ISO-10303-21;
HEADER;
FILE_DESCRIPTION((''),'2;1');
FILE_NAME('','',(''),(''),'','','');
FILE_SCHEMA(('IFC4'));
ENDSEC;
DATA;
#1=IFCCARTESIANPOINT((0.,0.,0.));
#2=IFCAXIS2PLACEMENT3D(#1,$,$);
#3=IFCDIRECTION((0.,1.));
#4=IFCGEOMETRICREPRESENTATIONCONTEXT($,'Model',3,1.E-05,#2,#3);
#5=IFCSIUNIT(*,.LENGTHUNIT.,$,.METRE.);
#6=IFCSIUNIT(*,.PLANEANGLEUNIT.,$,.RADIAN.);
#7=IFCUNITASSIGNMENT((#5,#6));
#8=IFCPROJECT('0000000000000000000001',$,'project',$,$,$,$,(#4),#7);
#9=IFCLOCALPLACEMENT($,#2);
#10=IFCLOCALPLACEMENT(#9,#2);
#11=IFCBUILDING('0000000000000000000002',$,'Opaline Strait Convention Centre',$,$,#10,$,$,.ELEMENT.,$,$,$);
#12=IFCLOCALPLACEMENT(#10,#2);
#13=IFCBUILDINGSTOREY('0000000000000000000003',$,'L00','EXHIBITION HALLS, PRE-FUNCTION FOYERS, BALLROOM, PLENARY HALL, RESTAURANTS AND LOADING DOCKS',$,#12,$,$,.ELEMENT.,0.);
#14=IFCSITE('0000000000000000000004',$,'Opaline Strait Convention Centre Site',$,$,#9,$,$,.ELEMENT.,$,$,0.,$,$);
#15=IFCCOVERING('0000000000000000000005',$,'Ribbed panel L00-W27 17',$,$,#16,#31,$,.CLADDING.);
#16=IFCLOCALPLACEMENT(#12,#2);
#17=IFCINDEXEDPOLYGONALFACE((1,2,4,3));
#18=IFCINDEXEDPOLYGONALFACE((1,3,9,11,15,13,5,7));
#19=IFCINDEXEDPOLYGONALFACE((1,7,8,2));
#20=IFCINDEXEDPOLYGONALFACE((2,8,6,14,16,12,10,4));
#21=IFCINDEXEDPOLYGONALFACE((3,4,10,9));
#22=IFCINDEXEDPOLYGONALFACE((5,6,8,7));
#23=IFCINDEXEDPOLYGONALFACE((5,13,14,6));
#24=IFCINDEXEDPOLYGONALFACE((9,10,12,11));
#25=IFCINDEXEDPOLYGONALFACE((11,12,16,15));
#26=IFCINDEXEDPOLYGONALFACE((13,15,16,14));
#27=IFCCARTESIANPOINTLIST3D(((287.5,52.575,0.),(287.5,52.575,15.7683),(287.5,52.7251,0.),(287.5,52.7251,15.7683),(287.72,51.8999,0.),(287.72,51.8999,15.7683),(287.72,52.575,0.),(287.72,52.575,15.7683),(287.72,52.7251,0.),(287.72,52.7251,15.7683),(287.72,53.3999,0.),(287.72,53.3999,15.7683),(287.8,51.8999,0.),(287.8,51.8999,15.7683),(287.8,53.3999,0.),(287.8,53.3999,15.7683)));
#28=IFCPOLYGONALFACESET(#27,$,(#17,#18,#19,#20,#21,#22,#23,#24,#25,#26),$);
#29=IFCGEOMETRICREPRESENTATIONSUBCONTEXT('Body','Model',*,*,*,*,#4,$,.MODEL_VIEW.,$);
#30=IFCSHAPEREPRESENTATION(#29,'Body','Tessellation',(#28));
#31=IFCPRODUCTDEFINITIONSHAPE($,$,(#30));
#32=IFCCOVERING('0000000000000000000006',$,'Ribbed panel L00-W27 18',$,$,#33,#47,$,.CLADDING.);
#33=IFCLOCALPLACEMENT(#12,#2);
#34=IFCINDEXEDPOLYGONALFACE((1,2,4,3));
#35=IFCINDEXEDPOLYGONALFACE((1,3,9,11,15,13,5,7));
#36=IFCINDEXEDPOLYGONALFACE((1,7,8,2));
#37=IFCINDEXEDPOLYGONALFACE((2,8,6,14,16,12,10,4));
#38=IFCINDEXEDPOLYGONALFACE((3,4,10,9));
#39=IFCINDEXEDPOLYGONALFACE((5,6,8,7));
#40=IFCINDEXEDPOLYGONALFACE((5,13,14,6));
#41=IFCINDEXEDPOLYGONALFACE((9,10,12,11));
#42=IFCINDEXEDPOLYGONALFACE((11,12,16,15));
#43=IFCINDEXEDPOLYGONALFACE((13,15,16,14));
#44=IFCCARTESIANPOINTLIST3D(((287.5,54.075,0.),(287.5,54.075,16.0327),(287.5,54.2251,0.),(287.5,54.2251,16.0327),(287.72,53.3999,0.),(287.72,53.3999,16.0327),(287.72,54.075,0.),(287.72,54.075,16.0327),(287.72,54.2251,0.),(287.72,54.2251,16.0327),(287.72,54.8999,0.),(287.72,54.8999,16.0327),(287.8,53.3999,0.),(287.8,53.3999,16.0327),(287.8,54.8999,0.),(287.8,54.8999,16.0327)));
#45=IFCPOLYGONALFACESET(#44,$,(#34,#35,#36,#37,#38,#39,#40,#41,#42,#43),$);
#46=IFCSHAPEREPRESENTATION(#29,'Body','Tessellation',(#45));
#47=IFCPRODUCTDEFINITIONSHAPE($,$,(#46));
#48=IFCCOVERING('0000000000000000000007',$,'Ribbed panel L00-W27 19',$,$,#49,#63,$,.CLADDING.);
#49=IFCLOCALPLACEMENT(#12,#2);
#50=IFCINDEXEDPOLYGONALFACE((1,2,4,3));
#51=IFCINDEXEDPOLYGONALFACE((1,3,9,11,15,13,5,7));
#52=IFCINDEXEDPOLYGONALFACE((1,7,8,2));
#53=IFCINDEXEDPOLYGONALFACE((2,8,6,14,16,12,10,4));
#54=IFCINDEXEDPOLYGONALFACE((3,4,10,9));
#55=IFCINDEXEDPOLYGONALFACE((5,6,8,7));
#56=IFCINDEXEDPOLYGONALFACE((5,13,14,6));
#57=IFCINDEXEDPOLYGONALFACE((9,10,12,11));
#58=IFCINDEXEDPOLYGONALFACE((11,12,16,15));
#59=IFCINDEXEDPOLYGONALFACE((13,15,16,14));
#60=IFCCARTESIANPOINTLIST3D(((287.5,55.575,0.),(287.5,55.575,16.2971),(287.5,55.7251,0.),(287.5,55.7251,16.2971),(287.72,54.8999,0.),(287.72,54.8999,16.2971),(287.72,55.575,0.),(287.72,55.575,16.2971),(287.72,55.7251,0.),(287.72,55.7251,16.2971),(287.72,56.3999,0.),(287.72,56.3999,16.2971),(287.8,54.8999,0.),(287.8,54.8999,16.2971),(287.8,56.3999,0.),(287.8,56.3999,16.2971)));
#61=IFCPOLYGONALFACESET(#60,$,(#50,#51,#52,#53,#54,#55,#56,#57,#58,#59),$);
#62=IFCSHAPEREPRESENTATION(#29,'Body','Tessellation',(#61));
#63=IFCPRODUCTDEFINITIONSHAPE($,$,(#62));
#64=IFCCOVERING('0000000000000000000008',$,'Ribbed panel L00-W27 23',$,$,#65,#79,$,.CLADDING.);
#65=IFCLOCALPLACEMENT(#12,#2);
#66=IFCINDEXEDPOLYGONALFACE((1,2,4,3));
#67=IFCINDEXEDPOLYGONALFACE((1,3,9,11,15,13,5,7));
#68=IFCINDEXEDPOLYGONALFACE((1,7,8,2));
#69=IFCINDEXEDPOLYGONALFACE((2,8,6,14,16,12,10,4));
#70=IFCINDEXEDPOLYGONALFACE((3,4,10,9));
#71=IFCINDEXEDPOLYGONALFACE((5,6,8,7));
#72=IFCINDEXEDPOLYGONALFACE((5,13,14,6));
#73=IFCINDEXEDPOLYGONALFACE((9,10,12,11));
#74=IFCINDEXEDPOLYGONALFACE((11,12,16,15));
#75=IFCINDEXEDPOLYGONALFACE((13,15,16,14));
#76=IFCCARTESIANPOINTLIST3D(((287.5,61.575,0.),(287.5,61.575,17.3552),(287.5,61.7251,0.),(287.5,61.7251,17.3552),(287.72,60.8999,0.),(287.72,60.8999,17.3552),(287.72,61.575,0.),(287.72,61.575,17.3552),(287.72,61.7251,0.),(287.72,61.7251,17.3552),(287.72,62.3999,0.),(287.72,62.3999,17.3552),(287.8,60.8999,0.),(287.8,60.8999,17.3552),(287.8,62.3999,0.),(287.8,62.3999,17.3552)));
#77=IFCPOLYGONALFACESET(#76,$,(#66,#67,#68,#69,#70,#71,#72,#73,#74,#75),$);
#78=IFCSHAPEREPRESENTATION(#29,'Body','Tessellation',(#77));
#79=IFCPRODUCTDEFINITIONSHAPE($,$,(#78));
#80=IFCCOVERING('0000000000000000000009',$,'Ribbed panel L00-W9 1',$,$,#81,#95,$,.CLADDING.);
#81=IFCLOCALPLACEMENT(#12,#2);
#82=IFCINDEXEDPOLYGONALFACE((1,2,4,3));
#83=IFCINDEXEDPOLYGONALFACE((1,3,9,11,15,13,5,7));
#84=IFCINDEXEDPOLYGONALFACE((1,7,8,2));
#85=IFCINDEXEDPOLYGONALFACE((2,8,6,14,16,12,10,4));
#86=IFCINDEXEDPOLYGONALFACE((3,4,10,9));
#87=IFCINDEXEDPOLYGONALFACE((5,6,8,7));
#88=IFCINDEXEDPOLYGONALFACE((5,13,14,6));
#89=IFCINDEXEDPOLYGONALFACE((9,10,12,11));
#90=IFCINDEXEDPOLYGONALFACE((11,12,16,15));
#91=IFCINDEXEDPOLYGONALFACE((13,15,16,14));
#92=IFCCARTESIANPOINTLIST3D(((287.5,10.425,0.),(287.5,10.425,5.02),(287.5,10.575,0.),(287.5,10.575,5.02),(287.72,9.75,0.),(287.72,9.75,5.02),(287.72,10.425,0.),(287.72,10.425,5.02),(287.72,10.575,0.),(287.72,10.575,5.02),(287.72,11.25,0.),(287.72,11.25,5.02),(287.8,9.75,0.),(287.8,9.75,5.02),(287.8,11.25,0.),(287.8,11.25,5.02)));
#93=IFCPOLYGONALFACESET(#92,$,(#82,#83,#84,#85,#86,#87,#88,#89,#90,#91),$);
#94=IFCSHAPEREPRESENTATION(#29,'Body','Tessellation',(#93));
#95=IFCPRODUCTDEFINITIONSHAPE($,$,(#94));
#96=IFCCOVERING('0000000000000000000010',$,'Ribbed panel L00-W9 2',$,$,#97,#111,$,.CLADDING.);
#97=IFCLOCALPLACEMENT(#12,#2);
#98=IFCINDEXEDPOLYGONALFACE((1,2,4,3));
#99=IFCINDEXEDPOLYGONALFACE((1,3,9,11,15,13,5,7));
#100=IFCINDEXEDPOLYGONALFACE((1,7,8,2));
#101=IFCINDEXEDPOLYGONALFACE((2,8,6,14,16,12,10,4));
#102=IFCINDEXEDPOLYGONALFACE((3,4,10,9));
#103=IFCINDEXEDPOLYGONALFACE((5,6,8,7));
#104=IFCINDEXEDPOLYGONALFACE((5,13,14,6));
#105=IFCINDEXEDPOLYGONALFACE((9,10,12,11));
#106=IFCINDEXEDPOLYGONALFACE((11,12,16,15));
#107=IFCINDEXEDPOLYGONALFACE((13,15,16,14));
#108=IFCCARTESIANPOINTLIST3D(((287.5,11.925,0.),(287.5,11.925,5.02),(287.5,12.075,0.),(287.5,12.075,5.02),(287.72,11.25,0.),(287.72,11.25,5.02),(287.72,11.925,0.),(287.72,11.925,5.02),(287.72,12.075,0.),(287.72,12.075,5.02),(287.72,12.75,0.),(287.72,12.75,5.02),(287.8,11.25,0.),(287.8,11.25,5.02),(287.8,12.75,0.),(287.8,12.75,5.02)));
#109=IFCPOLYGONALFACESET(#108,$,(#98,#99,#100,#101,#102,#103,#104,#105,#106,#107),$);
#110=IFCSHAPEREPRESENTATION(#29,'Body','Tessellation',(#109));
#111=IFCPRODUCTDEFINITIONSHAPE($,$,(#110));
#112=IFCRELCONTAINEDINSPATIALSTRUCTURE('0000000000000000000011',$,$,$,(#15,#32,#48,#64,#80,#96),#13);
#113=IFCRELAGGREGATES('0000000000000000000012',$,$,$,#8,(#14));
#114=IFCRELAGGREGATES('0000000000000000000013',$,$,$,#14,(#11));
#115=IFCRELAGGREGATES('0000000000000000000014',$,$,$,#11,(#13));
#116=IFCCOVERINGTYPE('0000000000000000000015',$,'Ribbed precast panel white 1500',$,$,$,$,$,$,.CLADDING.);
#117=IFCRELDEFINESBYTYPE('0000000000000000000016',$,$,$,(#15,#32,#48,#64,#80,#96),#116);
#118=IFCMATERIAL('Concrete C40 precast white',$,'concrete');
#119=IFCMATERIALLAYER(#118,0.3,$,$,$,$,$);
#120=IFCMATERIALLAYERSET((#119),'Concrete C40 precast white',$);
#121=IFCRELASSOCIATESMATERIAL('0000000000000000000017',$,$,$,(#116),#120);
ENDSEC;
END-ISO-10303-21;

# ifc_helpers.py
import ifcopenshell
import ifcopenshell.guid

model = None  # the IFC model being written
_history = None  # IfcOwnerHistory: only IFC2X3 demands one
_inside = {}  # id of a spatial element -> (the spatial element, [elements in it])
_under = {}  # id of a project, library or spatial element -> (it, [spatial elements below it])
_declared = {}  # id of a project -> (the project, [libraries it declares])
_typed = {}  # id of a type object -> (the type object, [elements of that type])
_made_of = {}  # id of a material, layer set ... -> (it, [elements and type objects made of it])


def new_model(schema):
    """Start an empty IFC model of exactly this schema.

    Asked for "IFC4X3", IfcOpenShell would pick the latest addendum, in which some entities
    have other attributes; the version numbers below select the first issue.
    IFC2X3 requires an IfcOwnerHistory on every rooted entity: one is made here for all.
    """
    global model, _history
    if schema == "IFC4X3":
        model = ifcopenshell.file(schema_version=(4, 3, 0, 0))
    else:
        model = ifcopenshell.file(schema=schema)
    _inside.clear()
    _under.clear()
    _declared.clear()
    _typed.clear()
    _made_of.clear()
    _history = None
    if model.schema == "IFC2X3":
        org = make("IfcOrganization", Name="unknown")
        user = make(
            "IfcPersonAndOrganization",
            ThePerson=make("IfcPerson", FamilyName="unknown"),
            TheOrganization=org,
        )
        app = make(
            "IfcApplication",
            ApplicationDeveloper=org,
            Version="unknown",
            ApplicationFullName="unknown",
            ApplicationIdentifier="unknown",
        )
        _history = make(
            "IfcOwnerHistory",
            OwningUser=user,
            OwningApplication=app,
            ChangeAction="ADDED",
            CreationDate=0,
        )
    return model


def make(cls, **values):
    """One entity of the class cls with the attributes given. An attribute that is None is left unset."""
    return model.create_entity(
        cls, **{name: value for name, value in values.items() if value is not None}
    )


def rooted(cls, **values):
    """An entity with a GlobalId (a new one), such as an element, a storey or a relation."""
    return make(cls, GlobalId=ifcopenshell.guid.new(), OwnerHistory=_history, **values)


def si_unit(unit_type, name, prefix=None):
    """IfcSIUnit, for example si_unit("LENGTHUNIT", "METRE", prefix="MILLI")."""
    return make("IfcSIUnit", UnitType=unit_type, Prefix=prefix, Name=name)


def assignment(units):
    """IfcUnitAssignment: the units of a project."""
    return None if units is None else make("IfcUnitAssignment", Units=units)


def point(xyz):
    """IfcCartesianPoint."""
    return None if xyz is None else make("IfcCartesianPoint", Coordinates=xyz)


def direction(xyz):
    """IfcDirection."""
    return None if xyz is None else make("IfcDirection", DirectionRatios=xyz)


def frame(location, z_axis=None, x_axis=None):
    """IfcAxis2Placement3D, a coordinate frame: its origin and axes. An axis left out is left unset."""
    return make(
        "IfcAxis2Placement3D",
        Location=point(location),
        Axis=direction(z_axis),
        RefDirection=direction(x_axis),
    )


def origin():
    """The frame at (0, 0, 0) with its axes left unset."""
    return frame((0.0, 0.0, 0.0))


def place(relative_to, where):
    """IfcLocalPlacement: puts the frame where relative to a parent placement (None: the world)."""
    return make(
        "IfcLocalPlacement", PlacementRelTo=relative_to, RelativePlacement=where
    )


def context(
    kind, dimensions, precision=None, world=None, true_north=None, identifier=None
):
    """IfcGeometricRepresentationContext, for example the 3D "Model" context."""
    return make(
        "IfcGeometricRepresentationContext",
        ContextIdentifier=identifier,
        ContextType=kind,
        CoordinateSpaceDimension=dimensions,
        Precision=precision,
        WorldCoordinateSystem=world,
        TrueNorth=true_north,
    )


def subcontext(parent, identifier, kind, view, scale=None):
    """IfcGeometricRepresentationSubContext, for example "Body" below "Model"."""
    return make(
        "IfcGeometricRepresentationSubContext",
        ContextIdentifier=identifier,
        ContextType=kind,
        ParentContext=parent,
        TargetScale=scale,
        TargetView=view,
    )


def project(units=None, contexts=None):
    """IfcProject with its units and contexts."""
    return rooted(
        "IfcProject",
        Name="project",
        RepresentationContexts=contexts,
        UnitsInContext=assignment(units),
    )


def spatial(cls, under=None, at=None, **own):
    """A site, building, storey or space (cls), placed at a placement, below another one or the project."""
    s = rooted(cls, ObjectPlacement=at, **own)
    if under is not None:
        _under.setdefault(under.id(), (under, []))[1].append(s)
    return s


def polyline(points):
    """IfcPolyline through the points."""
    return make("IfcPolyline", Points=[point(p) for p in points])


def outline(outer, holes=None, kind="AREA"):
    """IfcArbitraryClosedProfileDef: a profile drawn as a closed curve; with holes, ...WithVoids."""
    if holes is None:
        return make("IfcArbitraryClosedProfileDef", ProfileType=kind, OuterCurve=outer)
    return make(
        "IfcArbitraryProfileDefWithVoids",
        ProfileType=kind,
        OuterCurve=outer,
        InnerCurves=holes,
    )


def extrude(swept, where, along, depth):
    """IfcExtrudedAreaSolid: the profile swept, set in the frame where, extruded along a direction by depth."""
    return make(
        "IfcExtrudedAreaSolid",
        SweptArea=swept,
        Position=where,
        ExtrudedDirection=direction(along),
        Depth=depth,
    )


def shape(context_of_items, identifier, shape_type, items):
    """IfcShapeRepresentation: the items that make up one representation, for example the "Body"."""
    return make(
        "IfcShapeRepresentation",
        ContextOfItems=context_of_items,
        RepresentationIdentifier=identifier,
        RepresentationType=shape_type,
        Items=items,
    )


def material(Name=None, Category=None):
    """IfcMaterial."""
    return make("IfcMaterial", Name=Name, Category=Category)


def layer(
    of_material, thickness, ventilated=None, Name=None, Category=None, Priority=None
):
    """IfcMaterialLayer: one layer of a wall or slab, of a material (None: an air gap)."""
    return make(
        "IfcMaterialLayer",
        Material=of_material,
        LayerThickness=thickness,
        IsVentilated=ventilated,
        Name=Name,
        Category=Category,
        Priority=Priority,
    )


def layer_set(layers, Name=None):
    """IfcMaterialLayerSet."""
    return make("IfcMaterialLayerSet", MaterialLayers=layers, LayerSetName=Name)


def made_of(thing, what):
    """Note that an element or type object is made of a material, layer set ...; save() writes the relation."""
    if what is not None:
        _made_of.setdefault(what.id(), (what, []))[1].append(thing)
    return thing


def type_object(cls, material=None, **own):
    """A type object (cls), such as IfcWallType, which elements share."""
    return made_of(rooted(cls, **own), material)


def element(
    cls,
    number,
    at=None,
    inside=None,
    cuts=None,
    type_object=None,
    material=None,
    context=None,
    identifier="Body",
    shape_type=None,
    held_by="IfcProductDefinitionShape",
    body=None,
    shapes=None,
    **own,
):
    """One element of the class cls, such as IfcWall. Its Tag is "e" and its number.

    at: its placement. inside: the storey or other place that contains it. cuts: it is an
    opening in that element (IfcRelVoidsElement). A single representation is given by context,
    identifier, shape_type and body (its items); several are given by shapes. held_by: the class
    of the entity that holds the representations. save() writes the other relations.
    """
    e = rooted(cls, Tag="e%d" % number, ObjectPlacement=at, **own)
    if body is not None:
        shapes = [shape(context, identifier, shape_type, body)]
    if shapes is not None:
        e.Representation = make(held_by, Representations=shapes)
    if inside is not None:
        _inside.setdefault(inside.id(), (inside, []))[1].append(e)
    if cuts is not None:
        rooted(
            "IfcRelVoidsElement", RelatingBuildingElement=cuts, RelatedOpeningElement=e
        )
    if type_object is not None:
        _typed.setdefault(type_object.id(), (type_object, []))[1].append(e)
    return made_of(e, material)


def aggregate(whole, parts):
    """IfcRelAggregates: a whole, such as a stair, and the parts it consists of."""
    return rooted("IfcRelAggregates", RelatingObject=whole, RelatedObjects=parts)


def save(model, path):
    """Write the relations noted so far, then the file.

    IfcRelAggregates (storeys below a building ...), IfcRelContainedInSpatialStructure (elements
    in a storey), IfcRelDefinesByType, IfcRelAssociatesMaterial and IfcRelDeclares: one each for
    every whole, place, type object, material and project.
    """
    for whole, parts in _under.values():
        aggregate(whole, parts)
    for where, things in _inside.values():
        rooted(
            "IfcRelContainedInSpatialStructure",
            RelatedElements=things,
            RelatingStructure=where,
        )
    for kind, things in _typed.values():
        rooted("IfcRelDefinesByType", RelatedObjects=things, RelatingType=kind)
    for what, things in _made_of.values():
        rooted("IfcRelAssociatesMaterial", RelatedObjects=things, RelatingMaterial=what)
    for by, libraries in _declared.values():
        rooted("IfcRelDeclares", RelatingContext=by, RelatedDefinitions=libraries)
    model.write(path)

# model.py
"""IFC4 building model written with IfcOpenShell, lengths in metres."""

from ifc_helpers import new_model, si_unit, direction, origin, place, context, subcontext, project, spatial, polyline, outline, extrude, material, layer, layer_set, type_object, element, save


model = new_model("IFC4")

# Units and contexts
model_context = context("Model", 3, precision=1e-05, world=origin(), true_north=direction((0.0, 1.0)))
body_context = subcontext(model_context, "Body", "Model", "MODEL_VIEW")
ifc_project = project(units=[si_unit("LENGTHUNIT", "METRE"), si_unit("PLANEANGLEUNIT", "RADIAN")], contexts=[model_context])

# Site, building, storey
site_placement = place(None, origin())
site = spatial("IfcSite", under=ifc_project, at=site_placement, Name="Opaline Strait Convention Centre Site", CompositionType="ELEMENT", RefElevation=0.0)
building_placement = place(site_placement, origin())
building = spatial("IfcBuilding", under=site, at=building_placement, Name="Opaline Strait Convention Centre", CompositionType="ELEMENT")
storey_placement = place(building_placement, origin())
storey = spatial("IfcBuildingStorey", under=building, at=storey_placement, Name="L00", Description="EXHIBITION HALLS, PRE-FUNCTION FOYERS, BALLROOM, PLENARY HALL, RESTAURANTS AND LOADING DOCKS", CompositionType="ELEMENT", Elevation=0.0)

# Coverings
ifc_material_1 = material(Name="Concrete C40 precast white", Category="concrete")
ifc_layer_1 = layer(ifc_material_1, 0.3)
ifc_layer_set_1 = layer_set([ifc_layer_1], Name="Concrete C40 precast white")
covering_type_1 = type_object("IfcCoveringType", Name="Ribbed precast panel white 1500", PredefinedType="CLADDING", material=ifc_layer_set_1)
covering_1_placement = place(storey_placement, origin())
element("IfcCovering", 1, at=covering_1_placement, inside=storey, type_object=covering_type_1, Name="Ribbed panel L00-W27 17", PredefinedType="CLADDING", context=body_context, shape_type="SweptSolid", body=[
    extrude(outline(polyline([(287.8, 51.8999), (287.8, 53.3999), (287.72, 53.3999), (287.72, 52.7251), (287.5, 52.7251), (287.5, 52.575), (287.72, 52.575), (287.72, 51.8999), (287.8, 51.8999)])), origin(), (0.0, 0.0, 1.0), 15.7683),
])
covering_2_placement = place(storey_placement, origin())
element("IfcCovering", 2, at=covering_2_placement, inside=storey, type_object=covering_type_1, Name="Ribbed panel L00-W27 18", PredefinedType="CLADDING", context=body_context, shape_type="SweptSolid", body=[
    extrude(outline(polyline([(287.8, 53.3999), (287.8, 54.8999), (287.72, 54.8999), (287.72, 54.2251), (287.5, 54.2251), (287.5, 54.075), (287.72, 54.075), (287.72, 53.3999), (287.8, 53.3999)])), origin(), (0.0, 0.0, 1.0), 16.0327),
])
covering_3_placement = place(storey_placement, origin())
element("IfcCovering", 3, at=covering_3_placement, inside=storey, type_object=covering_type_1, Name="Ribbed panel L00-W27 19", PredefinedType="CLADDING", context=body_context, shape_type="SweptSolid", body=[
    extrude(outline(polyline([(287.8, 54.8999), (287.8, 56.3999), (287.72, 56.3999), (287.72, 55.7251), (287.5, 55.7251), (287.5, 55.575), (287.72, 55.575), (287.72, 54.8999), (287.8, 54.8999)])), origin(), (0.0, 0.0, 1.0), 16.2971),
])
covering_4_placement = place(storey_placement, origin())
element("IfcCovering", 4, at=covering_4_placement, inside=storey, type_object=covering_type_1, Name="Ribbed panel L00-W27 23", PredefinedType="CLADDING", context=body_context, shape_type="SweptSolid", body=[
    extrude(outline(polyline([(287.8, 60.8999), (287.8, 62.3999), (287.72, 62.3999), (287.72, 61.7251), (287.5, 61.7251), (287.5, 61.575), (287.72, 61.575), (287.72, 60.8999), (287.8, 60.8999)])), origin(), (0.0, 0.0, 1.0), 17.3552),
])
covering_5_placement = place(storey_placement, origin())
element("IfcCovering", 5, at=covering_5_placement, inside=storey, type_object=covering_type_1, Name="Ribbed panel L00-W9 1", PredefinedType="CLADDING", context=body_context, shape_type="SweptSolid", body=[
    extrude(outline(polyline([(287.8, 9.75), (287.8, 11.25), (287.72, 11.25), (287.72, 10.575), (287.5, 10.575), (287.5, 10.425), (287.72, 10.425), (287.72, 9.75), (287.8, 9.75)])), origin(), (0.0, 0.0, 1.0), 5.02),
])
covering_6_placement = place(storey_placement, origin())
element("IfcCovering", 6, at=covering_6_placement, inside=storey, type_object=covering_type_1, Name="Ribbed panel L00-W9 2", PredefinedType="CLADDING", context=body_context, shape_type="SweptSolid", body=[
    extrude(outline(polyline([(287.8, 11.25), (287.8, 12.75), (287.72, 12.75), (287.72, 12.075), (287.5, 12.075), (287.5, 11.925), (287.72, 11.925), (287.72, 11.25), (287.8, 11.25)])), origin(), (0.0, 0.0, 1.0), 5.02),
])

save(model, "model.ifc")
